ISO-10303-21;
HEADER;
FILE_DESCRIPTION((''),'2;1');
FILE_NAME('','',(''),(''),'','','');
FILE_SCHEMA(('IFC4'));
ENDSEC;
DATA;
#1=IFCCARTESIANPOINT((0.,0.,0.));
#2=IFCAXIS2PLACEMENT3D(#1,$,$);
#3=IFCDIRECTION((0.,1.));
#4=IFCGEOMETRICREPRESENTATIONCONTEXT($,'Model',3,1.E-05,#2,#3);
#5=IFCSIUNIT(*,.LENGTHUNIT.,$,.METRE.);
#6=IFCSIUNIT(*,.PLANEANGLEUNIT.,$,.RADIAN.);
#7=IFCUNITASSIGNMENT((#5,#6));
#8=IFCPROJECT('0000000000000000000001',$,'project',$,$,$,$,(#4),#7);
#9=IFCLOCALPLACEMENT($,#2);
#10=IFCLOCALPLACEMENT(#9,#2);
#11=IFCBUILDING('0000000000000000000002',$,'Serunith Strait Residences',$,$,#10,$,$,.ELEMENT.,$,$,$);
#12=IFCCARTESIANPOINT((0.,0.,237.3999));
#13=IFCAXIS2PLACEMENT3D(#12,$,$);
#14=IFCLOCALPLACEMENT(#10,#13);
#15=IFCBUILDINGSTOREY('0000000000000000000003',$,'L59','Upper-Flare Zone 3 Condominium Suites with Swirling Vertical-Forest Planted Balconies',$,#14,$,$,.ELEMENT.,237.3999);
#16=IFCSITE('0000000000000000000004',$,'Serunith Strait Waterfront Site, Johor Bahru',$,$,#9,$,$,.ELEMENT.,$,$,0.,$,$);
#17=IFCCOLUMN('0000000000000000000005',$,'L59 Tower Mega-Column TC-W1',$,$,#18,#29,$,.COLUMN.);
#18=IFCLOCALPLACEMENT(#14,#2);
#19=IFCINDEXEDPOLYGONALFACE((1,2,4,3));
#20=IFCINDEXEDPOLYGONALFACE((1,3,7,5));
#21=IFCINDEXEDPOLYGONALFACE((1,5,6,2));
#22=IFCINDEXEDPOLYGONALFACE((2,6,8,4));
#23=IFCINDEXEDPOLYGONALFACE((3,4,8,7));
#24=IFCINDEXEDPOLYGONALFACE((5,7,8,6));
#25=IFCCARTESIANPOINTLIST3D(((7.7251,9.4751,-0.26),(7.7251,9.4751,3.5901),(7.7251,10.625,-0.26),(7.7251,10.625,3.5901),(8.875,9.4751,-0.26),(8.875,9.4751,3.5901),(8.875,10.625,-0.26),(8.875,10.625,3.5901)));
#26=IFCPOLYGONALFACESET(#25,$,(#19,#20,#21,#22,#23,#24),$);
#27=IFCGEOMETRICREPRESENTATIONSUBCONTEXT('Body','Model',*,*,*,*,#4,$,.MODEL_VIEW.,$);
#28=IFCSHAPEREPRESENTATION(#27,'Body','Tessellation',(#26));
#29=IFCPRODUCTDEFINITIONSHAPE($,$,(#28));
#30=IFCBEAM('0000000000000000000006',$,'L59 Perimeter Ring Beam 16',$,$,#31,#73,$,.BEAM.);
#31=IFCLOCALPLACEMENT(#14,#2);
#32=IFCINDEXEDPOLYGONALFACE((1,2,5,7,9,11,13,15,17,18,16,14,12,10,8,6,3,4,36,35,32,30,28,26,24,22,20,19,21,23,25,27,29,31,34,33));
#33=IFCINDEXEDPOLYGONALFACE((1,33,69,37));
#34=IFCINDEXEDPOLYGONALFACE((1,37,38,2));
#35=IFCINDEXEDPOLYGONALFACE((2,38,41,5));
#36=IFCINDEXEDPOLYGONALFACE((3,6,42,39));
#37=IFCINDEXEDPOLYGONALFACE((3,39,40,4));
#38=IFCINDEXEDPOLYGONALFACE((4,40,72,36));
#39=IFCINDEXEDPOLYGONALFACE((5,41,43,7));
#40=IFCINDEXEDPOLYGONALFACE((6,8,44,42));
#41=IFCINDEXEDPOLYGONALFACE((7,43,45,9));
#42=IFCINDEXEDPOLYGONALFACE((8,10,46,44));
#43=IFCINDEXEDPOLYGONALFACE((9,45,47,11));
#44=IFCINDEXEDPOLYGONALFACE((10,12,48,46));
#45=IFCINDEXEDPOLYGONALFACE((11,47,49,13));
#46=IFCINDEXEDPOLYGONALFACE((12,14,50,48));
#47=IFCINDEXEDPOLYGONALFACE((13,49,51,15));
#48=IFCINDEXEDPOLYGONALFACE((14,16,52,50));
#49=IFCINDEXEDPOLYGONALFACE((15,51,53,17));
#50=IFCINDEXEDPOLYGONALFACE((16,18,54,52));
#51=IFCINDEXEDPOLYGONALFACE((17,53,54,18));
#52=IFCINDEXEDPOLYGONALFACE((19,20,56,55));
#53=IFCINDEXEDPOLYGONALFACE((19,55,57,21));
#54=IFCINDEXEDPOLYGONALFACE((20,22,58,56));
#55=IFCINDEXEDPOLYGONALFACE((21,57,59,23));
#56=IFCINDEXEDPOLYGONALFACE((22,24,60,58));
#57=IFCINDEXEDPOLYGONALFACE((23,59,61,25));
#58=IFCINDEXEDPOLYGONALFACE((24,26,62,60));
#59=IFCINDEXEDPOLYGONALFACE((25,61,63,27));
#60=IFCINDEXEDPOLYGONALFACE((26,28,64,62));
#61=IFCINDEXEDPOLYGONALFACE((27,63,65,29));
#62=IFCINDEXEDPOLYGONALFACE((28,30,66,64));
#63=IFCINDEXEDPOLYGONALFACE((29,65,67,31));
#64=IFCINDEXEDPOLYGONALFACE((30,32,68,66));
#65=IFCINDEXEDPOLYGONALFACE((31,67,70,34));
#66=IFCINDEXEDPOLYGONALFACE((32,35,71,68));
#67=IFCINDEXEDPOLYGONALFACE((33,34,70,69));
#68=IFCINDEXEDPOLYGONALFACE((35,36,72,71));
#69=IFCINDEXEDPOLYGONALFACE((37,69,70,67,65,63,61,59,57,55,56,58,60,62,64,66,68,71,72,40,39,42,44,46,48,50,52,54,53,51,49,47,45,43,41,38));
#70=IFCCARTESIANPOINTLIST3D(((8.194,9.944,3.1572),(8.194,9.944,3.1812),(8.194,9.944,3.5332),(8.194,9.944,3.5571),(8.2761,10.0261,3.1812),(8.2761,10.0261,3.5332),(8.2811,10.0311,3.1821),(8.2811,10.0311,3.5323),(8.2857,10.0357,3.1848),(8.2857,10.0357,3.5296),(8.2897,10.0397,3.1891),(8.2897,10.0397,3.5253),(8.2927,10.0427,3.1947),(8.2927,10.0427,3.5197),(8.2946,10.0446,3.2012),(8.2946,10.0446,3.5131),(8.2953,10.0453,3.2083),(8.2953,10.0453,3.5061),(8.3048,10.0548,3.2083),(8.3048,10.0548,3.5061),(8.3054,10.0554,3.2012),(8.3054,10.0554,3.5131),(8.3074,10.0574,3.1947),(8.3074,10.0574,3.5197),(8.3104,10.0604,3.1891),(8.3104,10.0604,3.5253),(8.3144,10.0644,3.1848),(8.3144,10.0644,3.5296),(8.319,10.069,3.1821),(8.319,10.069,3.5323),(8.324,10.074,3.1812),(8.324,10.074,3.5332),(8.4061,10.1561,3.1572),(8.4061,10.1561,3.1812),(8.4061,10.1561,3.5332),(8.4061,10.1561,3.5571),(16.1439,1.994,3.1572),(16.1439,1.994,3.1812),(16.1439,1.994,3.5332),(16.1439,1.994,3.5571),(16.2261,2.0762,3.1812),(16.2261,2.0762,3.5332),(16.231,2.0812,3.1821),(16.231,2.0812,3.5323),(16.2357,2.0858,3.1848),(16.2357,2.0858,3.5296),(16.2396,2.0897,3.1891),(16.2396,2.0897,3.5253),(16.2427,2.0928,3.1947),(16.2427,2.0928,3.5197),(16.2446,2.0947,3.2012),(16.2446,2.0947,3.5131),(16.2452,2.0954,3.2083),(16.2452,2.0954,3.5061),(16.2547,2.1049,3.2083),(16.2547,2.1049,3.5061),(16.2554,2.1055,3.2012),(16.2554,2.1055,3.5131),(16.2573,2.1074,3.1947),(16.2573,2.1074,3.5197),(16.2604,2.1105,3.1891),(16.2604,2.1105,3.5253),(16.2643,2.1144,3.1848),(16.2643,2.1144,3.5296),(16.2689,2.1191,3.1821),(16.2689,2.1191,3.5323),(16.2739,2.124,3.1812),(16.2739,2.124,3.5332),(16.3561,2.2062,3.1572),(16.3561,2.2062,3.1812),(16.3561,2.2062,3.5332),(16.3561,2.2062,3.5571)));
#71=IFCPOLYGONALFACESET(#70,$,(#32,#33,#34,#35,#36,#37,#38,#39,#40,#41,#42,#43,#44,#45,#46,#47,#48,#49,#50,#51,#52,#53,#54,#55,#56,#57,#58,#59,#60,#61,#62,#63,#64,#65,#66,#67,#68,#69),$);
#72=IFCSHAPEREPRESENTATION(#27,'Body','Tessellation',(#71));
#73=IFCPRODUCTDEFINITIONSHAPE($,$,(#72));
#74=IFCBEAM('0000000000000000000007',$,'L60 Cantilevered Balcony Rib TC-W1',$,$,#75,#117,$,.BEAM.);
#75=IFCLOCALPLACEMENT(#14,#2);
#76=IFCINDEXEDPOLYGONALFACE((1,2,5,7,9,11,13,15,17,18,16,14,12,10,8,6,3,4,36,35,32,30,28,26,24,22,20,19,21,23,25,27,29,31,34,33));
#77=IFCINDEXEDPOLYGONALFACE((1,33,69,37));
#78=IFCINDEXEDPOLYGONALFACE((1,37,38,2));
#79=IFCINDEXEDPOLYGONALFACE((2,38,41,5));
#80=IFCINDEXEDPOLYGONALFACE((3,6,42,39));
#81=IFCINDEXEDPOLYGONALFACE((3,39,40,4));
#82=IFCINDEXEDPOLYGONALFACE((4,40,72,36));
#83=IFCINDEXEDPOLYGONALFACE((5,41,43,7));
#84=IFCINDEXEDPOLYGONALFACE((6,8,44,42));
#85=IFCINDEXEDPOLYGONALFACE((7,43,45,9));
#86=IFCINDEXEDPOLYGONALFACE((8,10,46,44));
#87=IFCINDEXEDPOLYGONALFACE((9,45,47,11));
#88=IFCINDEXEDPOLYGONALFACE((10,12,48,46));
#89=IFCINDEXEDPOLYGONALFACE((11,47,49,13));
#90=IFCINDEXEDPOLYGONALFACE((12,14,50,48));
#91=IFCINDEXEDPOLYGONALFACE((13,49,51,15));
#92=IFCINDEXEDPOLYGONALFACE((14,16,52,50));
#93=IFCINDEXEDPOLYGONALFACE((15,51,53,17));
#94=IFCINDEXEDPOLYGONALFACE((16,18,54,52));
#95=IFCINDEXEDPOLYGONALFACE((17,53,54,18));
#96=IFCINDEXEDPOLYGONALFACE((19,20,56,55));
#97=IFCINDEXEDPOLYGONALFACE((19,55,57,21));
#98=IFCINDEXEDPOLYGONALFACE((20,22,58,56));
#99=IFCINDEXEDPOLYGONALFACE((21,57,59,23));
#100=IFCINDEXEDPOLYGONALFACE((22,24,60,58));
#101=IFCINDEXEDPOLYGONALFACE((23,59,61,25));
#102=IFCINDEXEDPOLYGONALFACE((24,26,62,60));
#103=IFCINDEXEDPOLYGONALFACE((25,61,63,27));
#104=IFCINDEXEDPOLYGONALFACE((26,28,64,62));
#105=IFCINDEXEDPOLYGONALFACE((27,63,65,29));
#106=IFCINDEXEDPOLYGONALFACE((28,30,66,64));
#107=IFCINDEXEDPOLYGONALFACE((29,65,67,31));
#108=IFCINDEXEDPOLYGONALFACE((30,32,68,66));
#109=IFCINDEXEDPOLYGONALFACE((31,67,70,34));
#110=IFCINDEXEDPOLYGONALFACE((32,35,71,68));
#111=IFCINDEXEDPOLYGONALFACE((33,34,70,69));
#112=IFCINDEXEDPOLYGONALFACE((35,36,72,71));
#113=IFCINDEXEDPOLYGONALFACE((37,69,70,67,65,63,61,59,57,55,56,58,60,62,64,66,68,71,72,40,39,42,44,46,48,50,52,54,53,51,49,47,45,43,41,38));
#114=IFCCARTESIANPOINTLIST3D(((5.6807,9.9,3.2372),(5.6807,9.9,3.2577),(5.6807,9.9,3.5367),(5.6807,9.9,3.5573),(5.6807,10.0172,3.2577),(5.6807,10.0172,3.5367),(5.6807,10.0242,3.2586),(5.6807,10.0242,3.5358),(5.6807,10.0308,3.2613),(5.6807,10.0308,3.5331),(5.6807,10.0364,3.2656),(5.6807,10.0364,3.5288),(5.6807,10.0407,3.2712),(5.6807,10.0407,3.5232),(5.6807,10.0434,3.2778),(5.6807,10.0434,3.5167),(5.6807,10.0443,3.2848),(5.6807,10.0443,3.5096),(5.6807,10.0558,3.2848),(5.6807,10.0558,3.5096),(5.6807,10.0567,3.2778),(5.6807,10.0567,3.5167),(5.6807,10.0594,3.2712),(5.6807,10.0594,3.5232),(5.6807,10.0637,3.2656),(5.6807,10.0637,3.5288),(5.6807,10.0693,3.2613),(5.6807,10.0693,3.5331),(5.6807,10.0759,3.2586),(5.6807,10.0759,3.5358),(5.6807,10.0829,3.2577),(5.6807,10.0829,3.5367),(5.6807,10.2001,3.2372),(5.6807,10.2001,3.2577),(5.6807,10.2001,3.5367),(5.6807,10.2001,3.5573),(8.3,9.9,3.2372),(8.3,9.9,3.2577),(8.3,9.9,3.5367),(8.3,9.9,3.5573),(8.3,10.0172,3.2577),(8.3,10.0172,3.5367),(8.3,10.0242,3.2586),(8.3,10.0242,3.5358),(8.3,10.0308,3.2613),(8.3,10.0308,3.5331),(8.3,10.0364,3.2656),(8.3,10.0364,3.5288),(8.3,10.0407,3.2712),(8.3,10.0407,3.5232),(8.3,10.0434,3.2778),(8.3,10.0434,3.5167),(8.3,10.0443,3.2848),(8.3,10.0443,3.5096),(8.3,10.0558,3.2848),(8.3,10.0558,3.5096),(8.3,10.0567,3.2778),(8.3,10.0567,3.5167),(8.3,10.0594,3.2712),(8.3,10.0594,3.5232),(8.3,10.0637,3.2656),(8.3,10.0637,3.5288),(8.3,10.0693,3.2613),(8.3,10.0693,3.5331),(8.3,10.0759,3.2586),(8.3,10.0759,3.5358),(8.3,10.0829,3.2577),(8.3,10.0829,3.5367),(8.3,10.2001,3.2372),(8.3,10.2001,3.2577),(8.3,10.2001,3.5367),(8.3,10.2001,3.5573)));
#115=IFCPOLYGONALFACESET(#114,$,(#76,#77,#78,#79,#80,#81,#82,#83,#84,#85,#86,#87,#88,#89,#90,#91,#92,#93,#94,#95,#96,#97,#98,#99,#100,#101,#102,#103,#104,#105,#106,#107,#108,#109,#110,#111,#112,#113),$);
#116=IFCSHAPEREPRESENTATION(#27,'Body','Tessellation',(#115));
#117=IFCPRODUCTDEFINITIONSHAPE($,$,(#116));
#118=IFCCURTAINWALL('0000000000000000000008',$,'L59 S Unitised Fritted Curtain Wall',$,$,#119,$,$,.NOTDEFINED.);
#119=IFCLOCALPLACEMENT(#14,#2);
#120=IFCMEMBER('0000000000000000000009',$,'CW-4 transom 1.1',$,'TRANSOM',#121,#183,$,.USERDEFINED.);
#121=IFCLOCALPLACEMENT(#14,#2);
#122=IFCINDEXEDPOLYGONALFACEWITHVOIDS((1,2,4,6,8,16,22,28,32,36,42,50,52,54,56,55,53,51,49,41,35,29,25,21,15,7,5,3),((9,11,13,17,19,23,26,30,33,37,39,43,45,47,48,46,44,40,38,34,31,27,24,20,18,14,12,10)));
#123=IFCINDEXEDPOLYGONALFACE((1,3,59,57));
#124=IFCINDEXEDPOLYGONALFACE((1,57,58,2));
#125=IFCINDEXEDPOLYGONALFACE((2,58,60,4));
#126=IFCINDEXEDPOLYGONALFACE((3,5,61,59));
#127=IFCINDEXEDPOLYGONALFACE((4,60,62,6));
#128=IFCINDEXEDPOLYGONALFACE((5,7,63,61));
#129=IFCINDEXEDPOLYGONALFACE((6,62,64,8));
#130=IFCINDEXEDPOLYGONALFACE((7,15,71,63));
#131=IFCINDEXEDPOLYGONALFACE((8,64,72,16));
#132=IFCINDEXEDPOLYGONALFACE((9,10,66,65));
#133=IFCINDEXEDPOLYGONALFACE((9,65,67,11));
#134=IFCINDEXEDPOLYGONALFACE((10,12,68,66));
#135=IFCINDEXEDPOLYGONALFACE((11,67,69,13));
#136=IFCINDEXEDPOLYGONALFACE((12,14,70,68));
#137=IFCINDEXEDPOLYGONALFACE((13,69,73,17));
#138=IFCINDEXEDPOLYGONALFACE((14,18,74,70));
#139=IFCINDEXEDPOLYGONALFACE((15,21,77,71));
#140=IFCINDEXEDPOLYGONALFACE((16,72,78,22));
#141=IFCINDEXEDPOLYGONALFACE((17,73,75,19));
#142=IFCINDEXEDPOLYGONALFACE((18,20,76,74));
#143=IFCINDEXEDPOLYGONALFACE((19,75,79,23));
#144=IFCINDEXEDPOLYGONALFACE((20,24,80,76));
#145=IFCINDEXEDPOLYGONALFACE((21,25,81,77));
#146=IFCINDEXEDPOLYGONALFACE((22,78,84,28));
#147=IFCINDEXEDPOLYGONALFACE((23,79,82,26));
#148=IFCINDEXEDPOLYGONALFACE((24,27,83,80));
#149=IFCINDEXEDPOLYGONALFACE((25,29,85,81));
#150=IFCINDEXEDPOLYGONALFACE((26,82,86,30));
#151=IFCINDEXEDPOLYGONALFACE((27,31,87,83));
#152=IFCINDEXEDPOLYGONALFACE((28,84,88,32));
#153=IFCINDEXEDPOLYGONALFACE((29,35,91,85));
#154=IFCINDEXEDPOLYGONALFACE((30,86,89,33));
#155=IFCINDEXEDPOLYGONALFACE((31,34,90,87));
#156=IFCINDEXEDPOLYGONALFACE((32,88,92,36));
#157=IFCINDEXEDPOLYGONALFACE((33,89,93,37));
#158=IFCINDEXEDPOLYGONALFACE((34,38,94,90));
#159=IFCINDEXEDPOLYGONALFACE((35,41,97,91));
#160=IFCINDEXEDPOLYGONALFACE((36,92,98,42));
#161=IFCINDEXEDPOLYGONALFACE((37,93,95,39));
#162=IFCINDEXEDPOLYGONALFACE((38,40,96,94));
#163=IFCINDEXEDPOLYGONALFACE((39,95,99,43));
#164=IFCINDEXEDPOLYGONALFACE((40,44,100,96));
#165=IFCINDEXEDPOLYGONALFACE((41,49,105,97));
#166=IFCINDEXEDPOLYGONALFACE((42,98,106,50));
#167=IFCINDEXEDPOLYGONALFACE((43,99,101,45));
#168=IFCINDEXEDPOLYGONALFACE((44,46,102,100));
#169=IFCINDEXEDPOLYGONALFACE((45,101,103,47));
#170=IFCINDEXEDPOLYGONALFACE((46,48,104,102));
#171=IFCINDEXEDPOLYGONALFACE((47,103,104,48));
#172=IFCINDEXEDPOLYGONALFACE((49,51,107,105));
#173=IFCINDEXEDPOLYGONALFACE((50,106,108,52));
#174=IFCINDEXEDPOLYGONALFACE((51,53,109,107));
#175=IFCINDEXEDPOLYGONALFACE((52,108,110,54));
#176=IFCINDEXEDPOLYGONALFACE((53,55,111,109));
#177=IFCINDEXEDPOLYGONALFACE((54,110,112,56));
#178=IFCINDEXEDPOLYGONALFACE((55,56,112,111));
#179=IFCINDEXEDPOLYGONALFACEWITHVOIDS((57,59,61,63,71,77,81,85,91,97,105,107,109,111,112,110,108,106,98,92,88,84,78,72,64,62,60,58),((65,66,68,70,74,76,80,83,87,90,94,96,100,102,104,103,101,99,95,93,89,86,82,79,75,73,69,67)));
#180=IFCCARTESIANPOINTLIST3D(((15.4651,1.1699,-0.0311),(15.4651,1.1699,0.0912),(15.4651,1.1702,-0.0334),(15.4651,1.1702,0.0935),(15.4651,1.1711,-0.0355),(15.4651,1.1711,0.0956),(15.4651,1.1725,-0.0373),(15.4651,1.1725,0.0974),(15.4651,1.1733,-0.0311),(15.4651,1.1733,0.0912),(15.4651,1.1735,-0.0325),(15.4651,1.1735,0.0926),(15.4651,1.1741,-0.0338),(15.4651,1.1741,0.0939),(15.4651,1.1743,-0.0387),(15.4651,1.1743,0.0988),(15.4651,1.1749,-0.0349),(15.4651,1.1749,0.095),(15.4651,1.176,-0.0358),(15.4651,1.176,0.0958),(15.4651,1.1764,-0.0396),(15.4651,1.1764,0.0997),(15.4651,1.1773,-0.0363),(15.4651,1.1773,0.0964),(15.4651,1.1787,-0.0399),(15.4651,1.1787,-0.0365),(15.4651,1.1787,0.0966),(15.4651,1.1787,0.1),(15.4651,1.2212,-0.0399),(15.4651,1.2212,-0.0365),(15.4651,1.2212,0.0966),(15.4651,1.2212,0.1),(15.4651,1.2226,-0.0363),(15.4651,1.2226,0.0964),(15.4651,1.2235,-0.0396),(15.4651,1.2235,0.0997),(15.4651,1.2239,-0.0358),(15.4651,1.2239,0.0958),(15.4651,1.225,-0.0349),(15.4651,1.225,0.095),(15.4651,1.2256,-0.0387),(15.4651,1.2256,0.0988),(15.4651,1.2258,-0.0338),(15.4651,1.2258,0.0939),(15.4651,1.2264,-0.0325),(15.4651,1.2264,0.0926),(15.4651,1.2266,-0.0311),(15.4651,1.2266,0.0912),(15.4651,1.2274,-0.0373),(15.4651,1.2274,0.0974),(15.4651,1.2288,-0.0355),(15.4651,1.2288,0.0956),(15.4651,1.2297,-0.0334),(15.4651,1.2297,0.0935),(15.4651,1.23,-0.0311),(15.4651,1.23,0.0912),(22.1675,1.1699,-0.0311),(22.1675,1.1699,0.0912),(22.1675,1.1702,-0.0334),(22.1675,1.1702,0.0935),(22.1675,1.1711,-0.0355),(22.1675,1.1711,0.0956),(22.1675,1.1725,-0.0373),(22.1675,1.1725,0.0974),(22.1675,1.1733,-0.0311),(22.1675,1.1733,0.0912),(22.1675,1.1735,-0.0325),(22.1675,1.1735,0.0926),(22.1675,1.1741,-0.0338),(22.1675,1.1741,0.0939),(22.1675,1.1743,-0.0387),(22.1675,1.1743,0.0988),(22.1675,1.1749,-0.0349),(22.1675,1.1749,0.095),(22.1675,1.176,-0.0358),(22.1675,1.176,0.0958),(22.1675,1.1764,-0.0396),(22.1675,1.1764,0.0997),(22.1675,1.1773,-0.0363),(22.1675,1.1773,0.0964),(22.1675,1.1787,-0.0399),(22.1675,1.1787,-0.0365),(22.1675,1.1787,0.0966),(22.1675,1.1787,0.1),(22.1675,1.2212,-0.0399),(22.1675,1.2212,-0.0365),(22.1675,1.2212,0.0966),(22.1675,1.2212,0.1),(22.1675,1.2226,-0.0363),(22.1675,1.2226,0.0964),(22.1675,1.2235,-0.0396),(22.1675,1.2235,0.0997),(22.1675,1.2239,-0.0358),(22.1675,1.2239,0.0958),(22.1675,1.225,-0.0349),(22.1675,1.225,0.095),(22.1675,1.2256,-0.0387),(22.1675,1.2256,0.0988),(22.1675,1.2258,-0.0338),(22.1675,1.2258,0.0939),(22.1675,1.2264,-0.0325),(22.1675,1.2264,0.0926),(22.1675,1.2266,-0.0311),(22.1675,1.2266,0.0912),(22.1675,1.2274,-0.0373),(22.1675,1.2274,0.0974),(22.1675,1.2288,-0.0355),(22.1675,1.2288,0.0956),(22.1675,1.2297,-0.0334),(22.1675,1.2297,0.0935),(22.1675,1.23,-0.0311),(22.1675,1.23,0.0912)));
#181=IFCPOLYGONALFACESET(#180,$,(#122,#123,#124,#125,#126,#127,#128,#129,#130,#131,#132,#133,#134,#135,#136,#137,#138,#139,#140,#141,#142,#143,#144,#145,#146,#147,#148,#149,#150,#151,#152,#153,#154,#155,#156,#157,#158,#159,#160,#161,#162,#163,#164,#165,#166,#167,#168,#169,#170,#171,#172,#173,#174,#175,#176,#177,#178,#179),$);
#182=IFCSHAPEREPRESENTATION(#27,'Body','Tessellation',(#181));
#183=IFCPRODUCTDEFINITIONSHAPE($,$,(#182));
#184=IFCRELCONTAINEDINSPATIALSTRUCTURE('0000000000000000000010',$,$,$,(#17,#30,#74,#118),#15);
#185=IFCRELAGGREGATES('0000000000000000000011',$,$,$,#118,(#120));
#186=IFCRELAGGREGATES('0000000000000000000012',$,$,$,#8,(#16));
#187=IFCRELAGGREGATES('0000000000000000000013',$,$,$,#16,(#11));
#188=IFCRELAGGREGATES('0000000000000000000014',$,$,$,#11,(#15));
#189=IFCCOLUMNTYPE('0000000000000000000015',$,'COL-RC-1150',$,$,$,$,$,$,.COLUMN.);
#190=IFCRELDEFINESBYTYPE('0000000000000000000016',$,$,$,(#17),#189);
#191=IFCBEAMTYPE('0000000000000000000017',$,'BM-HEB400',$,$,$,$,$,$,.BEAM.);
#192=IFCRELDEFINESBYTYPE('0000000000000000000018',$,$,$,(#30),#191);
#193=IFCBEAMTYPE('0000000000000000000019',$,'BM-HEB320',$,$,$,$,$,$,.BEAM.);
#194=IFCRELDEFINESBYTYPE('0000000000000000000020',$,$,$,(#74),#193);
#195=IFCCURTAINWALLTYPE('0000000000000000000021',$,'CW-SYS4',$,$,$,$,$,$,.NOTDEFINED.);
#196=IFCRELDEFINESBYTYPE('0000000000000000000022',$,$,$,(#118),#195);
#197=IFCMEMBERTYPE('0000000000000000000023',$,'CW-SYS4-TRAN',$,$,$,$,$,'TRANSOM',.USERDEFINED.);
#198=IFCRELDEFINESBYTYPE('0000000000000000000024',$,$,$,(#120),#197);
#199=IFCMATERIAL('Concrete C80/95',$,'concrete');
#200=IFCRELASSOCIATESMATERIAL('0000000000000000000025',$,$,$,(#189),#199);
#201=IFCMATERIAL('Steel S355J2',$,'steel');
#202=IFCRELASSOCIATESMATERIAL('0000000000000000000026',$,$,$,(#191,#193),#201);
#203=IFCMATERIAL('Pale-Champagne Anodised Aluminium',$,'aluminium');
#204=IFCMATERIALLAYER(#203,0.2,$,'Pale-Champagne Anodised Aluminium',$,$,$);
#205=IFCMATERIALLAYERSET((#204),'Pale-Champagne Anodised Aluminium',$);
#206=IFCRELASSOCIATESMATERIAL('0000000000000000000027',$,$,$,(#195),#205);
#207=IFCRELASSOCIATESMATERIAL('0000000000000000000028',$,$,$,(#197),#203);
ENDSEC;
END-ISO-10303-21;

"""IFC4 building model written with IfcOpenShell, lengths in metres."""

from ifc_helpers import new_model, si_unit, direction, frame, origin, origin_2d, place, context, subcontext, project, spatial, rectangle, hollow_rectangle, i_section, extrude, source, transform, mapped, material, layer, layer_set, material_profile, profile_set, type_object, element, aggregate, save


model = new_model("IFC4")

# Units and contexts
model_context = context("Model", 3, precision=1e-05, world=origin(), true_north=direction((0.0, 1.0)))
body_context = subcontext(model_context, "Body", "Model", "MODEL_VIEW")
ifc_project = project(units=[si_unit("LENGTHUNIT", "METRE"), si_unit("PLANEANGLEUNIT", "RADIAN")], contexts=[model_context])

# Site, building, storey
site_placement = place(None, origin())
site = spatial("IfcSite", under=ifc_project, at=site_placement, Name="Serunith Strait Waterfront Site, Johor Bahru", CompositionType="ELEMENT", RefElevation=0.0)
building_placement = place(site_placement, origin())
building = spatial("IfcBuilding", under=site, at=building_placement, Name="Serunith Strait Residences", CompositionType="ELEMENT")
storey_placement = place(building_placement, frame((0.0, 0.0, 237.3999)))
storey = spatial("IfcBuildingStorey", under=building, at=storey_placement, Name="L59", Description="Upper-Flare Zone 3 Condominium Suites with Swirling Vertical-Forest Planted Balconies", CompositionType="ELEMENT", Elevation=237.3999)

# Column
ifc_material_1 = material(Name="Concrete C80/95", Category="concrete")
ifc_material_profile_1 = material_profile(ifc_material_1, rectangle(XDim=1.1499, YDim=1.1499, at=origin_2d()), Name="RC 1150x1150")
ifc_profile_set_1 = profile_set([ifc_material_profile_1], Name="Concrete C80/95")
column_type = type_object("IfcColumnType", Name="COL-RC-1150", PredefinedType="COLUMN", material=ifc_profile_set_1)
shared_shape_1 = source(origin(), body_context, "Body", "SweptSolid", [
    extrude(rectangle(XDim=1.1499, YDim=1.1499, at=origin_2d()), origin(), (0.0, 0.0, 1.0), 3.8501),
])
column_placement = place(storey_placement, frame((8.3, 10.05, -0.26), z_axis=(0.0, 0.0, 1.0), x_axis=(1.0, 0.0, 0.0)))
element("IfcColumn", 1, at=column_placement, inside=storey, type_object=column_type, Name="L59 Tower Mega-Column TC-W1", PredefinedType="COLUMN", context=body_context, shape_type="MappedRepresentation", body=[
    mapped(shared_shape_1, transform((0.0, 0.0, 0.0), scale=1.0)),
])

# Beams
ifc_material_2 = material(Name="Steel S355J2", Category="steel")
ifc_material_profile_2 = material_profile(ifc_material_2, i_section(OverallWidth=0.3, OverallDepth=0.3999, WebThickness=0.0134, FlangeThickness=0.0239, FilletRadius=0.0271, at=origin_2d()), Name="HEB 400")
ifc_profile_set_2 = profile_set([ifc_material_profile_2], Name="Steel S355J2")
beam_type_1 = type_object("IfcBeamType", Name="BM-HEB400", PredefinedType="BEAM", material=ifc_profile_set_2)
shared_shape_2 = source(origin(), body_context, "Body", "SweptSolid", [
    extrude(i_section(OverallWidth=0.3, OverallDepth=0.3999, WebThickness=0.0134, FlangeThickness=0.0239, FilletRadius=0.0271, at=origin_2d()), origin(), (0.0, 0.0, 1.0), 11.2429),
])
beam_1_placement = place(storey_placement, frame((8.3, 10.05, 3.3572), z_axis=(0.707107, -0.707107, 0.0), x_axis=(0.707107, 0.707107, 0.0)))
element("IfcBeam", 2, at=beam_1_placement, inside=storey, type_object=beam_type_1, Name="L59 Perimeter Ring Beam 16", PredefinedType="BEAM", context=body_context, shape_type="MappedRepresentation", body=[
    mapped(shared_shape_2, transform((0.0, 0.0, 0.0), scale=1.0)),
])
ifc_material_profile_3 = material_profile(ifc_material_2, i_section(OverallWidth=0.3, OverallDepth=0.3201, WebThickness=0.0115, FlangeThickness=0.0205, FilletRadius=0.0271, at=origin_2d()), Name="HEB 320")
ifc_profile_set_3 = profile_set([ifc_material_profile_3], Name="Steel S355J2")
beam_type_2 = type_object("IfcBeamType", Name="BM-HEB320", PredefinedType="BEAM", material=ifc_profile_set_3)
shared_shape_3 = source(origin(), body_context, "Body", "SweptSolid", [
    extrude(i_section(OverallWidth=0.3, OverallDepth=0.3201, WebThickness=0.0115, FlangeThickness=0.0205, FilletRadius=0.0271, at=origin_2d()), origin(), (0.0, 0.0, 1.0), 2.6194),
])
beam_2_placement = place(storey_placement, frame((8.3, 10.05, 3.3972), z_axis=(-1.0, 0.0, 0.0), x_axis=(0.0, -1.0, 0.0)))
element("IfcBeam", 3, at=beam_2_placement, inside=storey, type_object=beam_type_2, Name="L60 Cantilevered Balcony Rib TC-W1", PredefinedType="BEAM", context=body_context, shape_type="MappedRepresentation", body=[
    mapped(shared_shape_3, transform((0.0, 0.0, 0.0), scale=1.0)),
])

# Curtain wall, member
ifc_material_3 = material(Name="Pale-Champagne Anodised Aluminium", Category="aluminium")
ifc_layer_1 = layer(ifc_material_3, 0.2, Name="Pale-Champagne Anodised Aluminium")
ifc_layer_set_1 = layer_set([ifc_layer_1], Name="Pale-Champagne Anodised Aluminium")
curtain_wall_type = type_object("IfcCurtainWallType", Name="CW-SYS4", PredefinedType="NOTDEFINED", material=ifc_layer_set_1)
curtain_wall_1_placement = place(storey_placement, origin())
curtain_wall_1 = element("IfcCurtainWall", 4, at=curtain_wall_1_placement, inside=storey, type_object=curtain_wall_type, Name="L59 S Unitised Fritted Curtain Wall", PredefinedType="NOTDEFINED")
ifc_material_profile_4 = material_profile(ifc_material_3, hollow_rectangle(XDim=0.0601, YDim=0.1399, WallThickness=0.0034, InnerFilletRadius=0.0054, OuterFilletRadius=0.0088, at=origin_2d()), Name="ALU 140x60x3.5")
ifc_profile_set_4 = profile_set([ifc_material_profile_4], Name="Pale-Champagne Anodised Aluminium")
member_type_1 = type_object("IfcMemberType", Name="CW-SYS4-TRAN", ElementType="TRANSOM", PredefinedType="USERDEFINED", material=ifc_profile_set_4)
shared_shape_4 = source(origin(), body_context, "Body", "SweptSolid", [
    extrude(hollow_rectangle(XDim=0.0601, YDim=0.1399, WallThickness=0.0034, InnerFilletRadius=0.0054, OuterFilletRadius=0.0088, at=origin_2d()), origin(), (0.0, 0.0, 1.0), 6.7024),
])
member_1_placement = place(storey_placement, frame((15.4651, 1.2, 0.03), z_axis=(1.0, 0.0, 0.0), x_axis=(0.0, 1.0, 0.0)))
member_1 = element("IfcMember", 5, at=member_1_placement, type_object=member_type_1, Name="CW-4 transom 1.1", ObjectType="TRANSOM", PredefinedType="USERDEFINED", context=body_context, shape_type="MappedRepresentation", body=[
    mapped(shared_shape_4, transform((0.0, 0.0, 0.0), scale=1.0)),
])
aggregate(curtain_wall_1, [member_1])

save(model, "model.ifc")
